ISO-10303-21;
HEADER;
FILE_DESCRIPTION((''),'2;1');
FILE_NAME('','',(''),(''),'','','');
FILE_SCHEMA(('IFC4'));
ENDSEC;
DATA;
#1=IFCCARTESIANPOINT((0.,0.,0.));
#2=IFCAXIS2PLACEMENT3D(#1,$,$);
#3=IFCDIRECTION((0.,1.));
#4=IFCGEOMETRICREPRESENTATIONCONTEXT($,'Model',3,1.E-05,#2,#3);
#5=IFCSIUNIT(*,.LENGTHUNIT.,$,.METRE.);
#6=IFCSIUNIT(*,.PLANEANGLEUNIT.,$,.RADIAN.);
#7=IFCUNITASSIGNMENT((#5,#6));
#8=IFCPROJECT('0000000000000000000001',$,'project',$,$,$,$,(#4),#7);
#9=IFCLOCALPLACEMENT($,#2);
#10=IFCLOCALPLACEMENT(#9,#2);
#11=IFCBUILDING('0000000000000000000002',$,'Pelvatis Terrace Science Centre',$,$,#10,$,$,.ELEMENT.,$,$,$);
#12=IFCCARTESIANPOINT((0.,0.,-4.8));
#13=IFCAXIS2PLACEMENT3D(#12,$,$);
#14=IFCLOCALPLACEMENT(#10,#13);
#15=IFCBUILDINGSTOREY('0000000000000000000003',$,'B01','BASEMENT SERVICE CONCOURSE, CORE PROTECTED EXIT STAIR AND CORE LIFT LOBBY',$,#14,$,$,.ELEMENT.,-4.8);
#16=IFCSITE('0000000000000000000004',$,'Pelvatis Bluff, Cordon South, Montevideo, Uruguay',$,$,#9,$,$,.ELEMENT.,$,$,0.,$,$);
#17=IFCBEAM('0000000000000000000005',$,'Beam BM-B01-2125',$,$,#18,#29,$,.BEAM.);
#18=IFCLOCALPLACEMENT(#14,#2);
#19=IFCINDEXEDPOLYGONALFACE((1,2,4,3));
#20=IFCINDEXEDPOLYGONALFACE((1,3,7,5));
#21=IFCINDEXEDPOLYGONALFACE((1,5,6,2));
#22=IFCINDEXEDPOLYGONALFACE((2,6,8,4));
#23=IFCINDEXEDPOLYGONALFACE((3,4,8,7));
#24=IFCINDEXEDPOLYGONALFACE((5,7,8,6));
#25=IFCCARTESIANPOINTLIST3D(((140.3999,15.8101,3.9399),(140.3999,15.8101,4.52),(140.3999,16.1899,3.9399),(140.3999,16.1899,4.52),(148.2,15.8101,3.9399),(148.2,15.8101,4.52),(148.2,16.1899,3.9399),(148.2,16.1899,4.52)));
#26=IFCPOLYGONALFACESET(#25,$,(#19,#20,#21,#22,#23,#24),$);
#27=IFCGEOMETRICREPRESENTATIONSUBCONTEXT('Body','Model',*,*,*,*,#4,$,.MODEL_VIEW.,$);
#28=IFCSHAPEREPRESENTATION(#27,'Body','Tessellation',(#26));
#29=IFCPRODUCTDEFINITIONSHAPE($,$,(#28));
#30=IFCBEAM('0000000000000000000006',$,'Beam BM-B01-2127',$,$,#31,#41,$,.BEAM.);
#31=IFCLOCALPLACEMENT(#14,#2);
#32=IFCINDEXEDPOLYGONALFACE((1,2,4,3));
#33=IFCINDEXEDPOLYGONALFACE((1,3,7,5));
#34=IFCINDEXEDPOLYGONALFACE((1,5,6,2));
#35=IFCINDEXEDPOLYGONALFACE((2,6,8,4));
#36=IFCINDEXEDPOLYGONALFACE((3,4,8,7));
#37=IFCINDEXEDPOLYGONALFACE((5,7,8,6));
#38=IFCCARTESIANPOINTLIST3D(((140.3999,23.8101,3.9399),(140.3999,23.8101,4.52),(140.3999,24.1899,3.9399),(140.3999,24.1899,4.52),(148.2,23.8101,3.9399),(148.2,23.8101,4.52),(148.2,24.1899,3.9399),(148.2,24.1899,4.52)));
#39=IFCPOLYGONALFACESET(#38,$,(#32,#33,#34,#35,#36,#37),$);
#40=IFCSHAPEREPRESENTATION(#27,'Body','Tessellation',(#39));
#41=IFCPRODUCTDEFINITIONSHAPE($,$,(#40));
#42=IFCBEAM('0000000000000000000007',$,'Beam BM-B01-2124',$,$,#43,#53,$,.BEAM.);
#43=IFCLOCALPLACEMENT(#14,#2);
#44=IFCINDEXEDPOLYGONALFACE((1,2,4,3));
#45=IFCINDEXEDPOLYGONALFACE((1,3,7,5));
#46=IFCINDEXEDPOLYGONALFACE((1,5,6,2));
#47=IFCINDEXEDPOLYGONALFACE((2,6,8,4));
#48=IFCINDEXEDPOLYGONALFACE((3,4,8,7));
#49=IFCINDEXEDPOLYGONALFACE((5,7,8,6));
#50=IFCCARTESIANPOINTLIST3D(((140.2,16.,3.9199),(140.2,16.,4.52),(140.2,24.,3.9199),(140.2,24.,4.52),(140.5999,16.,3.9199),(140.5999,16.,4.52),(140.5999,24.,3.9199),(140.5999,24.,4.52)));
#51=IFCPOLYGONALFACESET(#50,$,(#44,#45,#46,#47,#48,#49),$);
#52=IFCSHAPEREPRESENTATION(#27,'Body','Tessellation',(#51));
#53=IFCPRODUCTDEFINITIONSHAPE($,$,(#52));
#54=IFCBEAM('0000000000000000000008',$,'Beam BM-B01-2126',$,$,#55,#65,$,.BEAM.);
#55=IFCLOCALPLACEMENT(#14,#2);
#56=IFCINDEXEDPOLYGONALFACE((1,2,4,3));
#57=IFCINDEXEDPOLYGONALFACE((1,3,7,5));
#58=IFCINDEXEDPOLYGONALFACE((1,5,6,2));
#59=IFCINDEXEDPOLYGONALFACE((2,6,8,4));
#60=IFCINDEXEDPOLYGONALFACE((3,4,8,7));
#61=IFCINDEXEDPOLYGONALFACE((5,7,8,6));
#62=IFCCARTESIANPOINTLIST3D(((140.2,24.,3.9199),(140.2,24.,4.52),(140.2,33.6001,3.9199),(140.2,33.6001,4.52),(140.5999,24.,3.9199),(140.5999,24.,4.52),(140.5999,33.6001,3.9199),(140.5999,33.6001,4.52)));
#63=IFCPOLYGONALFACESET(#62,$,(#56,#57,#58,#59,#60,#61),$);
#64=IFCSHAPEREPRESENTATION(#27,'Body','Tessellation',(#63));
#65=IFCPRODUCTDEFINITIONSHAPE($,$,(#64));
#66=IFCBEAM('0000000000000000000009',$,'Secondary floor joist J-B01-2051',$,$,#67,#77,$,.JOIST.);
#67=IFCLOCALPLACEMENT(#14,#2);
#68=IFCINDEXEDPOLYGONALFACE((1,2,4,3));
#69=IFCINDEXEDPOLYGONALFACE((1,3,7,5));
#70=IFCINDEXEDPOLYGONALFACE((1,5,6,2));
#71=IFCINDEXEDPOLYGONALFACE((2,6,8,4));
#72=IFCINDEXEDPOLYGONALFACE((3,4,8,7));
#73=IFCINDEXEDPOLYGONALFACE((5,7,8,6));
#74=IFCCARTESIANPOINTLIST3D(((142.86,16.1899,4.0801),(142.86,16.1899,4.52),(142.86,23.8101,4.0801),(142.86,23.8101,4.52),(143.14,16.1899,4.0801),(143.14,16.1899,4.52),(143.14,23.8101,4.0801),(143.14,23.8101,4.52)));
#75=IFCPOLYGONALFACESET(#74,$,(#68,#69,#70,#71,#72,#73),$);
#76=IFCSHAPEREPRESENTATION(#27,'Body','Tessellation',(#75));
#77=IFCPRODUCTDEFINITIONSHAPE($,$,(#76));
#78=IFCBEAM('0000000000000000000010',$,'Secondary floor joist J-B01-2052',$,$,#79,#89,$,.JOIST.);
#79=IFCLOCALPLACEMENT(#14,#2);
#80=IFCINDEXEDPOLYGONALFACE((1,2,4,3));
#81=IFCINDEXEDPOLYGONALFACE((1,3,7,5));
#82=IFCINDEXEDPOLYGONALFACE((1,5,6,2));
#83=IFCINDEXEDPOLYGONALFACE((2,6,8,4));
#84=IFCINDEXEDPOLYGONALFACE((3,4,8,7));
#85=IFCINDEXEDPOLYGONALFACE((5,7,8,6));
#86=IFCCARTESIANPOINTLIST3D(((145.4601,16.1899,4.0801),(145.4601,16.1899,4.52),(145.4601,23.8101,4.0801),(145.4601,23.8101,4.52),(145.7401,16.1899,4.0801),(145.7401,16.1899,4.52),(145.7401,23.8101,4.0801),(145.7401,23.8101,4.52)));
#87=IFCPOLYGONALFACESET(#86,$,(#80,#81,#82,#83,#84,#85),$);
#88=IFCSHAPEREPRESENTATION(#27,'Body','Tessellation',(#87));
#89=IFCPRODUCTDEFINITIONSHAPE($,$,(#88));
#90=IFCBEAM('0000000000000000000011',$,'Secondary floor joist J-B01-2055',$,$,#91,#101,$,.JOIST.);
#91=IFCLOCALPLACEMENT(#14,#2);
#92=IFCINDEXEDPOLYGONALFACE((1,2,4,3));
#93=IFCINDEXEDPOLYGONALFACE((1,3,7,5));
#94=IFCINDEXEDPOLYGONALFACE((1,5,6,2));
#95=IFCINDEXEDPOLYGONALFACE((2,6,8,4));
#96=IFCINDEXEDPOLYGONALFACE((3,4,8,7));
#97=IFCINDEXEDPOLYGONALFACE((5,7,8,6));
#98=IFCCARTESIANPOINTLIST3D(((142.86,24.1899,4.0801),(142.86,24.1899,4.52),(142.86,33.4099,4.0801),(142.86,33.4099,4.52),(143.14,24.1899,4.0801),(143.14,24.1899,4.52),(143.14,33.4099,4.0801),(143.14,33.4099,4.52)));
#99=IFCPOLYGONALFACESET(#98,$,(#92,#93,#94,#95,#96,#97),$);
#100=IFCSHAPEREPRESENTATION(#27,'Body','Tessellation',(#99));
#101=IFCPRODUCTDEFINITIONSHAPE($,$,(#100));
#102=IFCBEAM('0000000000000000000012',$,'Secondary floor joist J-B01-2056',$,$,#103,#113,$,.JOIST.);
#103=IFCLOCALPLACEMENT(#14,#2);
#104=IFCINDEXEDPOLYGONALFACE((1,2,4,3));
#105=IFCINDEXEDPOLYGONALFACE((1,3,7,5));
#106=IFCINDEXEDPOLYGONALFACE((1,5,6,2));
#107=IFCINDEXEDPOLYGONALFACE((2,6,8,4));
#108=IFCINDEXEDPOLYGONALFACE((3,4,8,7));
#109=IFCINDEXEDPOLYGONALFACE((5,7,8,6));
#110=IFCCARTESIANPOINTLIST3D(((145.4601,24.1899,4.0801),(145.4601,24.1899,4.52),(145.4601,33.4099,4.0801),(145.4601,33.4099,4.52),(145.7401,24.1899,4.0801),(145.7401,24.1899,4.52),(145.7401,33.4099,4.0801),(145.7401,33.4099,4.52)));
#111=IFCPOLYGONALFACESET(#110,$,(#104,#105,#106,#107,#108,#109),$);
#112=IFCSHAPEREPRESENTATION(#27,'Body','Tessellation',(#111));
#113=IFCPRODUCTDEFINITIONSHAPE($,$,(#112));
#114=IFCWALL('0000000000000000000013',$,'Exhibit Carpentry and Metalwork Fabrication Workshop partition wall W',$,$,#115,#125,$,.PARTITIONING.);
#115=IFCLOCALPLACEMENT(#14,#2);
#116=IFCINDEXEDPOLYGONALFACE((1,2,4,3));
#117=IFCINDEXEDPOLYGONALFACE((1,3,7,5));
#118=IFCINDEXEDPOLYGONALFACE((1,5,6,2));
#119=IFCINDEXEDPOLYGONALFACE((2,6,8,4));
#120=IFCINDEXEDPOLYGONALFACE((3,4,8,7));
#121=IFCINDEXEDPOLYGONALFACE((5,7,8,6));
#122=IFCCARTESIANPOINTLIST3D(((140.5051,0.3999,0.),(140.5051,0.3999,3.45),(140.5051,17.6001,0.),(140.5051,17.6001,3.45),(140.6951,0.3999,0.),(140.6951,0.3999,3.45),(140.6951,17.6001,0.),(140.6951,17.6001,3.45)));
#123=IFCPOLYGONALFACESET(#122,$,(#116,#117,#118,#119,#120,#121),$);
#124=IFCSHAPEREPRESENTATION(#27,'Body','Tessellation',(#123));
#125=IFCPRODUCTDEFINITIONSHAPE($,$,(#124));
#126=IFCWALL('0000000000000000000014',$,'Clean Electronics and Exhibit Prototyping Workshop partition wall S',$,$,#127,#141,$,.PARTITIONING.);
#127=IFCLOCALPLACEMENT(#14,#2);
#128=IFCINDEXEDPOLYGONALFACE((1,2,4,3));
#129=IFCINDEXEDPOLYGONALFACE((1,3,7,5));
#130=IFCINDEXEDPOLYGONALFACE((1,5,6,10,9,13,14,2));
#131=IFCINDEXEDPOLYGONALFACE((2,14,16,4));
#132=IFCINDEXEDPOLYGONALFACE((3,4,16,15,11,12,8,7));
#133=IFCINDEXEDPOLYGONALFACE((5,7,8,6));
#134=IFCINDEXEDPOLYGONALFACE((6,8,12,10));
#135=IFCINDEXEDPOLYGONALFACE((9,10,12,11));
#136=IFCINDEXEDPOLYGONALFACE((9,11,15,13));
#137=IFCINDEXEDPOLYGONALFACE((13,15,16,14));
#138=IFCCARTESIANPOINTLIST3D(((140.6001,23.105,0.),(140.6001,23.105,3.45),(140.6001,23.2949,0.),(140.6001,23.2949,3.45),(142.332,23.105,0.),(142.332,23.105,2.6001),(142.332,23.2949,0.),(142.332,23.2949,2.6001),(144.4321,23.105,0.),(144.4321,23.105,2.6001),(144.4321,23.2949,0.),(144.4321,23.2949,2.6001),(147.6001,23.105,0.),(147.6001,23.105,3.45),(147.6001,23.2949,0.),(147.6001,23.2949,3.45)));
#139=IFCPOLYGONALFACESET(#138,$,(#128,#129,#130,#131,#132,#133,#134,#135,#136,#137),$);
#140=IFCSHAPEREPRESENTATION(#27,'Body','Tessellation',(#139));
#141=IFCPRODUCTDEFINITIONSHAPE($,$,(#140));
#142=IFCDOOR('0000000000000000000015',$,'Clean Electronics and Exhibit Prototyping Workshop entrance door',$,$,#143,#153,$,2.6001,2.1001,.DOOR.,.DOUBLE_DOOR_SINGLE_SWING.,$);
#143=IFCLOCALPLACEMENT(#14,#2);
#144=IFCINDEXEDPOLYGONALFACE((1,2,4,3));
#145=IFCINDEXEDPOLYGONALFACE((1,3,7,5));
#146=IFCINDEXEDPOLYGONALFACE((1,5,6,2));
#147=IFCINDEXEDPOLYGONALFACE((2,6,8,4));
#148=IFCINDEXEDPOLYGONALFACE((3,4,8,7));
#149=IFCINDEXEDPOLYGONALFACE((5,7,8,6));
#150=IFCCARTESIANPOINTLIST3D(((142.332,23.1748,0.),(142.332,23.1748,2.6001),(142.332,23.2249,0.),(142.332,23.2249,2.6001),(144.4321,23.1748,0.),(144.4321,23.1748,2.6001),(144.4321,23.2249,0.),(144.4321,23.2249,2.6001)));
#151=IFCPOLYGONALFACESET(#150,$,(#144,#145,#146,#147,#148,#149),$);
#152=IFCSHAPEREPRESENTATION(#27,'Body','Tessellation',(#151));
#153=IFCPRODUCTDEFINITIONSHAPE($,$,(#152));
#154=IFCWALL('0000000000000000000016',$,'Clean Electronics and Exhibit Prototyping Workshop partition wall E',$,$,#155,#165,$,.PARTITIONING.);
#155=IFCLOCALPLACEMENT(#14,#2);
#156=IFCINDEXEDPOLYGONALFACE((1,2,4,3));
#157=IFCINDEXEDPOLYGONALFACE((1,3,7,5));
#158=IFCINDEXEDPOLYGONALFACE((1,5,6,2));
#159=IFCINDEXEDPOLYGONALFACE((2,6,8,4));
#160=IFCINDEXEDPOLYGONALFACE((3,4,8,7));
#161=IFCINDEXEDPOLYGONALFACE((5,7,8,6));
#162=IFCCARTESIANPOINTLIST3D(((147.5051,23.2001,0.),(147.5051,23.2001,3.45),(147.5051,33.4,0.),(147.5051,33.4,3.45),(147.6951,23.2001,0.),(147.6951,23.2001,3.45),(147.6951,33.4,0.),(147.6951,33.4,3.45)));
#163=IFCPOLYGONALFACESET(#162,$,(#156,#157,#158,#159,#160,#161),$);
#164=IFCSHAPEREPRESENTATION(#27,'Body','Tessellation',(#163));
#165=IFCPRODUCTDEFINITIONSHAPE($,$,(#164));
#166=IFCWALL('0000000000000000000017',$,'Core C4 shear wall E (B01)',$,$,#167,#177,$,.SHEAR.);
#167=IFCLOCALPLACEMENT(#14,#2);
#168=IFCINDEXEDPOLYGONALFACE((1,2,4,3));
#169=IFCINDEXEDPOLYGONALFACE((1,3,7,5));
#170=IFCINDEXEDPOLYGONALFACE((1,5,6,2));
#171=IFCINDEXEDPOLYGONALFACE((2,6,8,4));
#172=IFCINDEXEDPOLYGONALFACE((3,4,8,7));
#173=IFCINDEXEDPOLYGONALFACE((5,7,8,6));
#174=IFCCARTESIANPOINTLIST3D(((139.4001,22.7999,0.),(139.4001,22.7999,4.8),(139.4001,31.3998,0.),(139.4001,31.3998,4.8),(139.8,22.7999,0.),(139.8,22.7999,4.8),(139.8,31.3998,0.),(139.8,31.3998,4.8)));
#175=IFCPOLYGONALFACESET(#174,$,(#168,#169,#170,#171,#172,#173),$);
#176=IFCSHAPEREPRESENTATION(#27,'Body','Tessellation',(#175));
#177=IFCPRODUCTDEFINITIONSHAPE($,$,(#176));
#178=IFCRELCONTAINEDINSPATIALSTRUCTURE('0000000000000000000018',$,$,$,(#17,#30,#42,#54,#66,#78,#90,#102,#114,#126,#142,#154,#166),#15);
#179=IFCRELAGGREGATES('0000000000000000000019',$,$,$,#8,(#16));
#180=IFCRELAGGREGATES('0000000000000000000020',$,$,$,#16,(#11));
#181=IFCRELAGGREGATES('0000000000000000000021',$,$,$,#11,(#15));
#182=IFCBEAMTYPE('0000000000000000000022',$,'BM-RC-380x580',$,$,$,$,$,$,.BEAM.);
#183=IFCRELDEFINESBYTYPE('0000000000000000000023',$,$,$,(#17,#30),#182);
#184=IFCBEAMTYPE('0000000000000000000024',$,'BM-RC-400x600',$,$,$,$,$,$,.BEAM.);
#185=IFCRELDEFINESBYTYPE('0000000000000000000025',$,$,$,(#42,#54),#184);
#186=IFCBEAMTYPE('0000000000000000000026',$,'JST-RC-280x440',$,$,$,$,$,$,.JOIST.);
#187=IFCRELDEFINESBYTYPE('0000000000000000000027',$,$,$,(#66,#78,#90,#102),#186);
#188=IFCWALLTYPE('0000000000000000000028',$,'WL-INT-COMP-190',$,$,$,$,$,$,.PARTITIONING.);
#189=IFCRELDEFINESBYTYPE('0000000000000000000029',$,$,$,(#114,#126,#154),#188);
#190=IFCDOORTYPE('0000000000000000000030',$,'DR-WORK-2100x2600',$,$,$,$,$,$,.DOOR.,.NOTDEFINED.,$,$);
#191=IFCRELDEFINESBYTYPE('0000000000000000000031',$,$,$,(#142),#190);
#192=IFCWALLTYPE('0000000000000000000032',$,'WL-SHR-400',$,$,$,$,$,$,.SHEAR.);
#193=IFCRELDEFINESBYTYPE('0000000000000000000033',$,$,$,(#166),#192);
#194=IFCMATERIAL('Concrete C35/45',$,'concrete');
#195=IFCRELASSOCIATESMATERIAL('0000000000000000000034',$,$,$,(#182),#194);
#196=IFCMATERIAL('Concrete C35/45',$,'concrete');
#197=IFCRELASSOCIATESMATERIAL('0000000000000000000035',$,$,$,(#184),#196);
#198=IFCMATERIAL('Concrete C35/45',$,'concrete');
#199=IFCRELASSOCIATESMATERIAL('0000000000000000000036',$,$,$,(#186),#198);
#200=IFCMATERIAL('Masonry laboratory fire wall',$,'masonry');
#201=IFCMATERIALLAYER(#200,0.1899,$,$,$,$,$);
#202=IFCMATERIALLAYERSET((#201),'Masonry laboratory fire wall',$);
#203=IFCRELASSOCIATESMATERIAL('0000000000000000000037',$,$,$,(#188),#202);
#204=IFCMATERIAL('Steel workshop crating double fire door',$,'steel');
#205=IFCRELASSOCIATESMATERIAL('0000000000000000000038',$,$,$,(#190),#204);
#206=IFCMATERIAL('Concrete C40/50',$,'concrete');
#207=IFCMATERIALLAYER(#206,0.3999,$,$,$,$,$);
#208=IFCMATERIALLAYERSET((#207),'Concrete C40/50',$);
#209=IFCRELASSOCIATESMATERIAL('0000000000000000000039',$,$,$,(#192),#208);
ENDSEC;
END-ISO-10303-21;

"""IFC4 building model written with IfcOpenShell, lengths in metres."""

from ifc_helpers import new_model, si_unit, direction, frame, frame_2d, origin, origin_2d, place, context, subcontext, project, spatial, rectangle, extrude, material, layer, layer_set, material_profile, profile_set, type_object, element, fill, save


model = new_model("IFC4")

# Units and contexts
model_context = context("Model", 3, precision=1e-05, world=origin(), true_north=direction((0.0, 1.0)))
body_context = subcontext(model_context, "Body", "Model", "MODEL_VIEW")
ifc_project = project(units=[si_unit("LENGTHUNIT", "METRE"), si_unit("PLANEANGLEUNIT", "RADIAN")], contexts=[model_context])

# Site, building, storey
site_placement = place(None, origin())
site = spatial("IfcSite", under=ifc_project, at=site_placement, Name="Pelvatis Bluff, Cordon South, Montevideo, Uruguay", CompositionType="ELEMENT", RefElevation=0.0)
building_placement = place(site_placement, origin())
building = spatial("IfcBuilding", under=site, at=building_placement, Name="Pelvatis Terrace Science Centre", CompositionType="ELEMENT")
storey_placement = place(building_placement, frame((0.0, 0.0, -4.8)))
storey = spatial("IfcBuildingStorey", under=building, at=storey_placement, Name="B01", Description="BASEMENT SERVICE CONCOURSE, CORE PROTECTED EXIT STAIR AND CORE LIFT LOBBY", CompositionType="ELEMENT", Elevation=-4.8)

# Beams
ifc_material_1 = material(Name="Concrete C35/45", Category="concrete")
ifc_material_profile_1 = material_profile(ifc_material_1, rectangle(XDim=0.3799, YDim=0.5801, at=origin_2d()), Name="RC-BM 380x580")
ifc_profile_set_1 = profile_set([ifc_material_profile_1], Name="Concrete C35/45")
beam_type_1 = type_object("IfcBeamType", Name="BM-RC-380x580", PredefinedType="BEAM", material=ifc_profile_set_1)
for number, where, z_axis, x_axis, name in (
    (1, (140.3999, 16.0, 4.23), (1.0, 0.0, 0.0), (0.0, 1.0, 0.0), "Beam BM-B01-2125"),
    (2, (140.3999, 24.0, 4.23), (1.0, 0.0, 0.0), (0.0, 1.0, 0.0), "Beam BM-B01-2127"),
):
    element("IfcBeam", number, at=place(storey_placement, frame(where, z_axis=z_axis, x_axis=x_axis)), inside=storey, type_object=beam_type_1, Name=name, PredefinedType="BEAM", context=body_context, shape_type="SweptSolid", body=[
        extrude(rectangle(XDim=0.3799, YDim=0.5801, at=origin_2d()), origin(), (0.0, 0.0, 1.0), 7.8),
    ])
ifc_material_2 = material(Name="Concrete C35/45", Category="concrete")
ifc_material_profile_2 = material_profile(ifc_material_2, rectangle(XDim=0.3999, YDim=0.6001, at=origin_2d()), Name="RC-BM 400x600")
ifc_profile_set_2 = profile_set([ifc_material_profile_2], Name="Concrete C35/45")
beam_type_2 = type_object("IfcBeamType", Name="BM-RC-400x600", PredefinedType="BEAM", material=ifc_profile_set_2)
beam_1_placement = place(storey_placement, frame((140.3999, 16.0, 4.22), z_axis=(0.0, 1.0, 0.0), x_axis=(-1.0, 0.0, 0.0)))
element("IfcBeam", 3, at=beam_1_placement, inside=storey, type_object=beam_type_2, Name="Beam BM-B01-2124", PredefinedType="BEAM", context=body_context, shape_type="SweptSolid", body=[
    extrude(rectangle(XDim=0.3999, YDim=0.6001, at=origin_2d()), origin(), (0.0, 0.0, 1.0), 8.0),
])
beam_2_placement = place(storey_placement, frame((140.3999, 24.0, 4.22), z_axis=(0.0, 1.0, 0.0), x_axis=(-1.0, 0.0, 0.0)))
element("IfcBeam", 4, at=beam_2_placement, inside=storey, type_object=beam_type_2, Name="Beam BM-B01-2126", PredefinedType="BEAM", context=body_context, shape_type="SweptSolid", body=[
    extrude(rectangle(XDim=0.3999, YDim=0.6001, at=origin_2d()), origin(), (0.0, 0.0, 1.0), 9.6001),
])
ifc_material_3 = material(Name="Concrete C35/45", Category="concrete")
ifc_material_profile_3 = material_profile(ifc_material_3, rectangle(XDim=0.28, YDim=0.4399, at=origin_2d()), Name="RC-JST 280x440")
ifc_profile_set_3 = profile_set([ifc_material_profile_3], Name="Concrete C35/45")
beam_type_3 = type_object("IfcBeamType", Name="JST-RC-280x440", PredefinedType="JOIST", material=ifc_profile_set_3)
for number, where, z_axis, x_axis, name in (
    (5, (143.0, 16.1899, 4.3), (0.0, 1.0, 0.0), (-1.0, 0.0, 0.0), "Secondary floor joist J-B01-2051"),
    (6, (145.6001, 16.1899, 4.3), (0.0, 1.0, 0.0), (-1.0, 0.0, 0.0), "Secondary floor joist J-B01-2052"),
):
    element("IfcBeam", number, at=place(storey_placement, frame(where, z_axis=z_axis, x_axis=x_axis)), inside=storey, type_object=beam_type_3, Name=name, PredefinedType="JOIST", context=body_context, shape_type="SweptSolid", body=[
        extrude(rectangle(XDim=0.28, YDim=0.4399, at=origin_2d()), origin(), (0.0, 0.0, 1.0), 7.6201),
    ])
for number, where, z_axis, x_axis, name in (
    (7, (143.0, 24.1899, 4.3), (0.0, 1.0, 0.0), (-1.0, 0.0, 0.0), "Secondary floor joist J-B01-2055"),
    (8, (145.6001, 24.1899, 4.3), (0.0, 1.0, 0.0), (-1.0, 0.0, 0.0), "Secondary floor joist J-B01-2056"),
):
    element("IfcBeam", number, at=place(storey_placement, frame(where, z_axis=z_axis, x_axis=x_axis)), inside=storey, type_object=beam_type_3, Name=name, PredefinedType="JOIST", context=body_context, shape_type="SweptSolid", body=[
        extrude(rectangle(XDim=0.28, YDim=0.4399, at=origin_2d()), origin(), (0.0, 0.0, 1.0), 9.22),
    ])

# Wall
ifc_material_4 = material(Name="Masonry laboratory fire wall", Category="masonry")
ifc_layer_1 = layer(ifc_material_4, 0.1899)
ifc_layer_set_1 = layer_set([ifc_layer_1], Name="Masonry laboratory fire wall")
wall_type_1 = type_object("IfcWallType", Name="WL-INT-COMP-190", PredefinedType="PARTITIONING", material=ifc_layer_set_1)
wall_1_placement = place(storey_placement, frame((140.6001, 17.6001, 0.0), z_axis=(0.0, 0.0, 1.0), x_axis=(0.0, -1.0, 0.0)))
element("IfcWall", 9, at=wall_1_placement, inside=storey, type_object=wall_type_1, Name="Exhibit Carpentry and Metalwork Fabrication Workshop partition wall W", PredefinedType="PARTITIONING", context=body_context, shape_type="SweptSolid", body=[
    extrude(rectangle(XDim=17.2002, YDim=0.1899, at=frame_2d((8.6001, 0.0))), origin(), (0.0, 0.0, 1.0), 3.45),
])

# Wall, opening, door
wall_2_placement = place(storey_placement, frame((140.6001, 23.2, 0.0), z_axis=(0.0, 0.0, 1.0), x_axis=(1.0, 0.0, 0.0)))
wall_2 = element("IfcWall", 10, at=wall_2_placement, inside=storey, type_object=wall_type_1, Name="Clean Electronics and Exhibit Prototyping Workshop partition wall S", PredefinedType="PARTITIONING", context=body_context, shape_type="SweptSolid", body=[
    extrude(rectangle(XDim=7.0, YDim=0.1899, at=frame_2d((3.5, 0.0))), origin(), (0.0, 0.0, 1.0), 3.45),
])
opening_placement = place(wall_2_placement, frame((1.7319, 0.0, 0.0)))
opening = element("IfcOpeningElement", 11, at=opening_placement, cuts=wall_2, PredefinedType="OPENING", context=body_context, shape_type="SweptSolid", body=[
    extrude(rectangle(XDim=2.1001, YDim=2.6001, at=frame_2d((1.05, 1.3))), frame((0.0, 0.105, 0.0), z_axis=(0.0, -1.0, 0.0), x_axis=(1.0, 0.0, 0.0)), (0.0, 0.0, 1.0), 0.21),
])
ifc_material_5 = material(Name="Steel workshop crating double fire door", Category="steel")
door_type = type_object("IfcDoorType", Name="DR-WORK-2100x2600", OperationType="NOTDEFINED", PredefinedType="DOOR", material=ifc_material_5)
door_placement = place(opening_placement, origin())
door = element("IfcDoor", 12, at=door_placement, inside=storey, type_object=door_type, Name="Clean Electronics and Exhibit Prototyping Workshop entrance door", OperationType="DOUBLE_DOOR_SINGLE_SWING", OverallHeight=2.6001, OverallWidth=2.1001, PredefinedType="DOOR", context=body_context, shape_type="SweptSolid", body=[
    extrude(rectangle(XDim=2.1001, YDim=2.6001, at=frame_2d((1.05, 1.3))), frame((0.0, 0.0249, 0.0), z_axis=(0.0, -1.0, 0.0), x_axis=(1.0, 0.0, 0.0)), (0.0, 0.0, 1.0), 0.05),
])
fill(opening, door)

# Walls
wall_3_placement = place(storey_placement, frame((147.6001, 23.2, 0.0), z_axis=(0.0, 0.0, 1.0), x_axis=(0.0, 1.0, 0.0)))
element("IfcWall", 13, at=wall_3_placement, inside=storey, type_object=wall_type_1, Name="Clean Electronics and Exhibit Prototyping Workshop partition wall E", PredefinedType="PARTITIONING", context=body_context, shape_type="SweptSolid", body=[
    extrude(rectangle(XDim=10.2, YDim=0.1899, at=frame_2d((5.1001, 0.0))), origin(), (0.0, 0.0, 1.0), 3.45),
])
ifc_material_6 = material(Name="Concrete C40/50", Category="concrete")
ifc_layer_2 = layer(ifc_material_6, 0.3999)
ifc_layer_set_2 = layer_set([ifc_layer_2], Name="Concrete C40/50")
wall_type_2 = type_object("IfcWallType", Name="WL-SHR-400", PredefinedType="SHEAR", material=ifc_layer_set_2)
wall_4_placement = place(storey_placement, frame((139.6001, 22.8, 0.0), z_axis=(0.0, 0.0, 1.0), x_axis=(0.0, 1.0, 0.0)))
element("IfcWall", 14, at=wall_4_placement, inside=storey, type_object=wall_type_2, Name="Core C4 shear wall E (B01)", PredefinedType="SHEAR", context=body_context, shape_type="SweptSolid", body=[
    extrude(rectangle(XDim=8.5999, YDim=0.3999, at=frame_2d((4.2998, 0.0))), origin(), (0.0, 0.0, 1.0), 4.8),
])

save(model, "model.ifc")
